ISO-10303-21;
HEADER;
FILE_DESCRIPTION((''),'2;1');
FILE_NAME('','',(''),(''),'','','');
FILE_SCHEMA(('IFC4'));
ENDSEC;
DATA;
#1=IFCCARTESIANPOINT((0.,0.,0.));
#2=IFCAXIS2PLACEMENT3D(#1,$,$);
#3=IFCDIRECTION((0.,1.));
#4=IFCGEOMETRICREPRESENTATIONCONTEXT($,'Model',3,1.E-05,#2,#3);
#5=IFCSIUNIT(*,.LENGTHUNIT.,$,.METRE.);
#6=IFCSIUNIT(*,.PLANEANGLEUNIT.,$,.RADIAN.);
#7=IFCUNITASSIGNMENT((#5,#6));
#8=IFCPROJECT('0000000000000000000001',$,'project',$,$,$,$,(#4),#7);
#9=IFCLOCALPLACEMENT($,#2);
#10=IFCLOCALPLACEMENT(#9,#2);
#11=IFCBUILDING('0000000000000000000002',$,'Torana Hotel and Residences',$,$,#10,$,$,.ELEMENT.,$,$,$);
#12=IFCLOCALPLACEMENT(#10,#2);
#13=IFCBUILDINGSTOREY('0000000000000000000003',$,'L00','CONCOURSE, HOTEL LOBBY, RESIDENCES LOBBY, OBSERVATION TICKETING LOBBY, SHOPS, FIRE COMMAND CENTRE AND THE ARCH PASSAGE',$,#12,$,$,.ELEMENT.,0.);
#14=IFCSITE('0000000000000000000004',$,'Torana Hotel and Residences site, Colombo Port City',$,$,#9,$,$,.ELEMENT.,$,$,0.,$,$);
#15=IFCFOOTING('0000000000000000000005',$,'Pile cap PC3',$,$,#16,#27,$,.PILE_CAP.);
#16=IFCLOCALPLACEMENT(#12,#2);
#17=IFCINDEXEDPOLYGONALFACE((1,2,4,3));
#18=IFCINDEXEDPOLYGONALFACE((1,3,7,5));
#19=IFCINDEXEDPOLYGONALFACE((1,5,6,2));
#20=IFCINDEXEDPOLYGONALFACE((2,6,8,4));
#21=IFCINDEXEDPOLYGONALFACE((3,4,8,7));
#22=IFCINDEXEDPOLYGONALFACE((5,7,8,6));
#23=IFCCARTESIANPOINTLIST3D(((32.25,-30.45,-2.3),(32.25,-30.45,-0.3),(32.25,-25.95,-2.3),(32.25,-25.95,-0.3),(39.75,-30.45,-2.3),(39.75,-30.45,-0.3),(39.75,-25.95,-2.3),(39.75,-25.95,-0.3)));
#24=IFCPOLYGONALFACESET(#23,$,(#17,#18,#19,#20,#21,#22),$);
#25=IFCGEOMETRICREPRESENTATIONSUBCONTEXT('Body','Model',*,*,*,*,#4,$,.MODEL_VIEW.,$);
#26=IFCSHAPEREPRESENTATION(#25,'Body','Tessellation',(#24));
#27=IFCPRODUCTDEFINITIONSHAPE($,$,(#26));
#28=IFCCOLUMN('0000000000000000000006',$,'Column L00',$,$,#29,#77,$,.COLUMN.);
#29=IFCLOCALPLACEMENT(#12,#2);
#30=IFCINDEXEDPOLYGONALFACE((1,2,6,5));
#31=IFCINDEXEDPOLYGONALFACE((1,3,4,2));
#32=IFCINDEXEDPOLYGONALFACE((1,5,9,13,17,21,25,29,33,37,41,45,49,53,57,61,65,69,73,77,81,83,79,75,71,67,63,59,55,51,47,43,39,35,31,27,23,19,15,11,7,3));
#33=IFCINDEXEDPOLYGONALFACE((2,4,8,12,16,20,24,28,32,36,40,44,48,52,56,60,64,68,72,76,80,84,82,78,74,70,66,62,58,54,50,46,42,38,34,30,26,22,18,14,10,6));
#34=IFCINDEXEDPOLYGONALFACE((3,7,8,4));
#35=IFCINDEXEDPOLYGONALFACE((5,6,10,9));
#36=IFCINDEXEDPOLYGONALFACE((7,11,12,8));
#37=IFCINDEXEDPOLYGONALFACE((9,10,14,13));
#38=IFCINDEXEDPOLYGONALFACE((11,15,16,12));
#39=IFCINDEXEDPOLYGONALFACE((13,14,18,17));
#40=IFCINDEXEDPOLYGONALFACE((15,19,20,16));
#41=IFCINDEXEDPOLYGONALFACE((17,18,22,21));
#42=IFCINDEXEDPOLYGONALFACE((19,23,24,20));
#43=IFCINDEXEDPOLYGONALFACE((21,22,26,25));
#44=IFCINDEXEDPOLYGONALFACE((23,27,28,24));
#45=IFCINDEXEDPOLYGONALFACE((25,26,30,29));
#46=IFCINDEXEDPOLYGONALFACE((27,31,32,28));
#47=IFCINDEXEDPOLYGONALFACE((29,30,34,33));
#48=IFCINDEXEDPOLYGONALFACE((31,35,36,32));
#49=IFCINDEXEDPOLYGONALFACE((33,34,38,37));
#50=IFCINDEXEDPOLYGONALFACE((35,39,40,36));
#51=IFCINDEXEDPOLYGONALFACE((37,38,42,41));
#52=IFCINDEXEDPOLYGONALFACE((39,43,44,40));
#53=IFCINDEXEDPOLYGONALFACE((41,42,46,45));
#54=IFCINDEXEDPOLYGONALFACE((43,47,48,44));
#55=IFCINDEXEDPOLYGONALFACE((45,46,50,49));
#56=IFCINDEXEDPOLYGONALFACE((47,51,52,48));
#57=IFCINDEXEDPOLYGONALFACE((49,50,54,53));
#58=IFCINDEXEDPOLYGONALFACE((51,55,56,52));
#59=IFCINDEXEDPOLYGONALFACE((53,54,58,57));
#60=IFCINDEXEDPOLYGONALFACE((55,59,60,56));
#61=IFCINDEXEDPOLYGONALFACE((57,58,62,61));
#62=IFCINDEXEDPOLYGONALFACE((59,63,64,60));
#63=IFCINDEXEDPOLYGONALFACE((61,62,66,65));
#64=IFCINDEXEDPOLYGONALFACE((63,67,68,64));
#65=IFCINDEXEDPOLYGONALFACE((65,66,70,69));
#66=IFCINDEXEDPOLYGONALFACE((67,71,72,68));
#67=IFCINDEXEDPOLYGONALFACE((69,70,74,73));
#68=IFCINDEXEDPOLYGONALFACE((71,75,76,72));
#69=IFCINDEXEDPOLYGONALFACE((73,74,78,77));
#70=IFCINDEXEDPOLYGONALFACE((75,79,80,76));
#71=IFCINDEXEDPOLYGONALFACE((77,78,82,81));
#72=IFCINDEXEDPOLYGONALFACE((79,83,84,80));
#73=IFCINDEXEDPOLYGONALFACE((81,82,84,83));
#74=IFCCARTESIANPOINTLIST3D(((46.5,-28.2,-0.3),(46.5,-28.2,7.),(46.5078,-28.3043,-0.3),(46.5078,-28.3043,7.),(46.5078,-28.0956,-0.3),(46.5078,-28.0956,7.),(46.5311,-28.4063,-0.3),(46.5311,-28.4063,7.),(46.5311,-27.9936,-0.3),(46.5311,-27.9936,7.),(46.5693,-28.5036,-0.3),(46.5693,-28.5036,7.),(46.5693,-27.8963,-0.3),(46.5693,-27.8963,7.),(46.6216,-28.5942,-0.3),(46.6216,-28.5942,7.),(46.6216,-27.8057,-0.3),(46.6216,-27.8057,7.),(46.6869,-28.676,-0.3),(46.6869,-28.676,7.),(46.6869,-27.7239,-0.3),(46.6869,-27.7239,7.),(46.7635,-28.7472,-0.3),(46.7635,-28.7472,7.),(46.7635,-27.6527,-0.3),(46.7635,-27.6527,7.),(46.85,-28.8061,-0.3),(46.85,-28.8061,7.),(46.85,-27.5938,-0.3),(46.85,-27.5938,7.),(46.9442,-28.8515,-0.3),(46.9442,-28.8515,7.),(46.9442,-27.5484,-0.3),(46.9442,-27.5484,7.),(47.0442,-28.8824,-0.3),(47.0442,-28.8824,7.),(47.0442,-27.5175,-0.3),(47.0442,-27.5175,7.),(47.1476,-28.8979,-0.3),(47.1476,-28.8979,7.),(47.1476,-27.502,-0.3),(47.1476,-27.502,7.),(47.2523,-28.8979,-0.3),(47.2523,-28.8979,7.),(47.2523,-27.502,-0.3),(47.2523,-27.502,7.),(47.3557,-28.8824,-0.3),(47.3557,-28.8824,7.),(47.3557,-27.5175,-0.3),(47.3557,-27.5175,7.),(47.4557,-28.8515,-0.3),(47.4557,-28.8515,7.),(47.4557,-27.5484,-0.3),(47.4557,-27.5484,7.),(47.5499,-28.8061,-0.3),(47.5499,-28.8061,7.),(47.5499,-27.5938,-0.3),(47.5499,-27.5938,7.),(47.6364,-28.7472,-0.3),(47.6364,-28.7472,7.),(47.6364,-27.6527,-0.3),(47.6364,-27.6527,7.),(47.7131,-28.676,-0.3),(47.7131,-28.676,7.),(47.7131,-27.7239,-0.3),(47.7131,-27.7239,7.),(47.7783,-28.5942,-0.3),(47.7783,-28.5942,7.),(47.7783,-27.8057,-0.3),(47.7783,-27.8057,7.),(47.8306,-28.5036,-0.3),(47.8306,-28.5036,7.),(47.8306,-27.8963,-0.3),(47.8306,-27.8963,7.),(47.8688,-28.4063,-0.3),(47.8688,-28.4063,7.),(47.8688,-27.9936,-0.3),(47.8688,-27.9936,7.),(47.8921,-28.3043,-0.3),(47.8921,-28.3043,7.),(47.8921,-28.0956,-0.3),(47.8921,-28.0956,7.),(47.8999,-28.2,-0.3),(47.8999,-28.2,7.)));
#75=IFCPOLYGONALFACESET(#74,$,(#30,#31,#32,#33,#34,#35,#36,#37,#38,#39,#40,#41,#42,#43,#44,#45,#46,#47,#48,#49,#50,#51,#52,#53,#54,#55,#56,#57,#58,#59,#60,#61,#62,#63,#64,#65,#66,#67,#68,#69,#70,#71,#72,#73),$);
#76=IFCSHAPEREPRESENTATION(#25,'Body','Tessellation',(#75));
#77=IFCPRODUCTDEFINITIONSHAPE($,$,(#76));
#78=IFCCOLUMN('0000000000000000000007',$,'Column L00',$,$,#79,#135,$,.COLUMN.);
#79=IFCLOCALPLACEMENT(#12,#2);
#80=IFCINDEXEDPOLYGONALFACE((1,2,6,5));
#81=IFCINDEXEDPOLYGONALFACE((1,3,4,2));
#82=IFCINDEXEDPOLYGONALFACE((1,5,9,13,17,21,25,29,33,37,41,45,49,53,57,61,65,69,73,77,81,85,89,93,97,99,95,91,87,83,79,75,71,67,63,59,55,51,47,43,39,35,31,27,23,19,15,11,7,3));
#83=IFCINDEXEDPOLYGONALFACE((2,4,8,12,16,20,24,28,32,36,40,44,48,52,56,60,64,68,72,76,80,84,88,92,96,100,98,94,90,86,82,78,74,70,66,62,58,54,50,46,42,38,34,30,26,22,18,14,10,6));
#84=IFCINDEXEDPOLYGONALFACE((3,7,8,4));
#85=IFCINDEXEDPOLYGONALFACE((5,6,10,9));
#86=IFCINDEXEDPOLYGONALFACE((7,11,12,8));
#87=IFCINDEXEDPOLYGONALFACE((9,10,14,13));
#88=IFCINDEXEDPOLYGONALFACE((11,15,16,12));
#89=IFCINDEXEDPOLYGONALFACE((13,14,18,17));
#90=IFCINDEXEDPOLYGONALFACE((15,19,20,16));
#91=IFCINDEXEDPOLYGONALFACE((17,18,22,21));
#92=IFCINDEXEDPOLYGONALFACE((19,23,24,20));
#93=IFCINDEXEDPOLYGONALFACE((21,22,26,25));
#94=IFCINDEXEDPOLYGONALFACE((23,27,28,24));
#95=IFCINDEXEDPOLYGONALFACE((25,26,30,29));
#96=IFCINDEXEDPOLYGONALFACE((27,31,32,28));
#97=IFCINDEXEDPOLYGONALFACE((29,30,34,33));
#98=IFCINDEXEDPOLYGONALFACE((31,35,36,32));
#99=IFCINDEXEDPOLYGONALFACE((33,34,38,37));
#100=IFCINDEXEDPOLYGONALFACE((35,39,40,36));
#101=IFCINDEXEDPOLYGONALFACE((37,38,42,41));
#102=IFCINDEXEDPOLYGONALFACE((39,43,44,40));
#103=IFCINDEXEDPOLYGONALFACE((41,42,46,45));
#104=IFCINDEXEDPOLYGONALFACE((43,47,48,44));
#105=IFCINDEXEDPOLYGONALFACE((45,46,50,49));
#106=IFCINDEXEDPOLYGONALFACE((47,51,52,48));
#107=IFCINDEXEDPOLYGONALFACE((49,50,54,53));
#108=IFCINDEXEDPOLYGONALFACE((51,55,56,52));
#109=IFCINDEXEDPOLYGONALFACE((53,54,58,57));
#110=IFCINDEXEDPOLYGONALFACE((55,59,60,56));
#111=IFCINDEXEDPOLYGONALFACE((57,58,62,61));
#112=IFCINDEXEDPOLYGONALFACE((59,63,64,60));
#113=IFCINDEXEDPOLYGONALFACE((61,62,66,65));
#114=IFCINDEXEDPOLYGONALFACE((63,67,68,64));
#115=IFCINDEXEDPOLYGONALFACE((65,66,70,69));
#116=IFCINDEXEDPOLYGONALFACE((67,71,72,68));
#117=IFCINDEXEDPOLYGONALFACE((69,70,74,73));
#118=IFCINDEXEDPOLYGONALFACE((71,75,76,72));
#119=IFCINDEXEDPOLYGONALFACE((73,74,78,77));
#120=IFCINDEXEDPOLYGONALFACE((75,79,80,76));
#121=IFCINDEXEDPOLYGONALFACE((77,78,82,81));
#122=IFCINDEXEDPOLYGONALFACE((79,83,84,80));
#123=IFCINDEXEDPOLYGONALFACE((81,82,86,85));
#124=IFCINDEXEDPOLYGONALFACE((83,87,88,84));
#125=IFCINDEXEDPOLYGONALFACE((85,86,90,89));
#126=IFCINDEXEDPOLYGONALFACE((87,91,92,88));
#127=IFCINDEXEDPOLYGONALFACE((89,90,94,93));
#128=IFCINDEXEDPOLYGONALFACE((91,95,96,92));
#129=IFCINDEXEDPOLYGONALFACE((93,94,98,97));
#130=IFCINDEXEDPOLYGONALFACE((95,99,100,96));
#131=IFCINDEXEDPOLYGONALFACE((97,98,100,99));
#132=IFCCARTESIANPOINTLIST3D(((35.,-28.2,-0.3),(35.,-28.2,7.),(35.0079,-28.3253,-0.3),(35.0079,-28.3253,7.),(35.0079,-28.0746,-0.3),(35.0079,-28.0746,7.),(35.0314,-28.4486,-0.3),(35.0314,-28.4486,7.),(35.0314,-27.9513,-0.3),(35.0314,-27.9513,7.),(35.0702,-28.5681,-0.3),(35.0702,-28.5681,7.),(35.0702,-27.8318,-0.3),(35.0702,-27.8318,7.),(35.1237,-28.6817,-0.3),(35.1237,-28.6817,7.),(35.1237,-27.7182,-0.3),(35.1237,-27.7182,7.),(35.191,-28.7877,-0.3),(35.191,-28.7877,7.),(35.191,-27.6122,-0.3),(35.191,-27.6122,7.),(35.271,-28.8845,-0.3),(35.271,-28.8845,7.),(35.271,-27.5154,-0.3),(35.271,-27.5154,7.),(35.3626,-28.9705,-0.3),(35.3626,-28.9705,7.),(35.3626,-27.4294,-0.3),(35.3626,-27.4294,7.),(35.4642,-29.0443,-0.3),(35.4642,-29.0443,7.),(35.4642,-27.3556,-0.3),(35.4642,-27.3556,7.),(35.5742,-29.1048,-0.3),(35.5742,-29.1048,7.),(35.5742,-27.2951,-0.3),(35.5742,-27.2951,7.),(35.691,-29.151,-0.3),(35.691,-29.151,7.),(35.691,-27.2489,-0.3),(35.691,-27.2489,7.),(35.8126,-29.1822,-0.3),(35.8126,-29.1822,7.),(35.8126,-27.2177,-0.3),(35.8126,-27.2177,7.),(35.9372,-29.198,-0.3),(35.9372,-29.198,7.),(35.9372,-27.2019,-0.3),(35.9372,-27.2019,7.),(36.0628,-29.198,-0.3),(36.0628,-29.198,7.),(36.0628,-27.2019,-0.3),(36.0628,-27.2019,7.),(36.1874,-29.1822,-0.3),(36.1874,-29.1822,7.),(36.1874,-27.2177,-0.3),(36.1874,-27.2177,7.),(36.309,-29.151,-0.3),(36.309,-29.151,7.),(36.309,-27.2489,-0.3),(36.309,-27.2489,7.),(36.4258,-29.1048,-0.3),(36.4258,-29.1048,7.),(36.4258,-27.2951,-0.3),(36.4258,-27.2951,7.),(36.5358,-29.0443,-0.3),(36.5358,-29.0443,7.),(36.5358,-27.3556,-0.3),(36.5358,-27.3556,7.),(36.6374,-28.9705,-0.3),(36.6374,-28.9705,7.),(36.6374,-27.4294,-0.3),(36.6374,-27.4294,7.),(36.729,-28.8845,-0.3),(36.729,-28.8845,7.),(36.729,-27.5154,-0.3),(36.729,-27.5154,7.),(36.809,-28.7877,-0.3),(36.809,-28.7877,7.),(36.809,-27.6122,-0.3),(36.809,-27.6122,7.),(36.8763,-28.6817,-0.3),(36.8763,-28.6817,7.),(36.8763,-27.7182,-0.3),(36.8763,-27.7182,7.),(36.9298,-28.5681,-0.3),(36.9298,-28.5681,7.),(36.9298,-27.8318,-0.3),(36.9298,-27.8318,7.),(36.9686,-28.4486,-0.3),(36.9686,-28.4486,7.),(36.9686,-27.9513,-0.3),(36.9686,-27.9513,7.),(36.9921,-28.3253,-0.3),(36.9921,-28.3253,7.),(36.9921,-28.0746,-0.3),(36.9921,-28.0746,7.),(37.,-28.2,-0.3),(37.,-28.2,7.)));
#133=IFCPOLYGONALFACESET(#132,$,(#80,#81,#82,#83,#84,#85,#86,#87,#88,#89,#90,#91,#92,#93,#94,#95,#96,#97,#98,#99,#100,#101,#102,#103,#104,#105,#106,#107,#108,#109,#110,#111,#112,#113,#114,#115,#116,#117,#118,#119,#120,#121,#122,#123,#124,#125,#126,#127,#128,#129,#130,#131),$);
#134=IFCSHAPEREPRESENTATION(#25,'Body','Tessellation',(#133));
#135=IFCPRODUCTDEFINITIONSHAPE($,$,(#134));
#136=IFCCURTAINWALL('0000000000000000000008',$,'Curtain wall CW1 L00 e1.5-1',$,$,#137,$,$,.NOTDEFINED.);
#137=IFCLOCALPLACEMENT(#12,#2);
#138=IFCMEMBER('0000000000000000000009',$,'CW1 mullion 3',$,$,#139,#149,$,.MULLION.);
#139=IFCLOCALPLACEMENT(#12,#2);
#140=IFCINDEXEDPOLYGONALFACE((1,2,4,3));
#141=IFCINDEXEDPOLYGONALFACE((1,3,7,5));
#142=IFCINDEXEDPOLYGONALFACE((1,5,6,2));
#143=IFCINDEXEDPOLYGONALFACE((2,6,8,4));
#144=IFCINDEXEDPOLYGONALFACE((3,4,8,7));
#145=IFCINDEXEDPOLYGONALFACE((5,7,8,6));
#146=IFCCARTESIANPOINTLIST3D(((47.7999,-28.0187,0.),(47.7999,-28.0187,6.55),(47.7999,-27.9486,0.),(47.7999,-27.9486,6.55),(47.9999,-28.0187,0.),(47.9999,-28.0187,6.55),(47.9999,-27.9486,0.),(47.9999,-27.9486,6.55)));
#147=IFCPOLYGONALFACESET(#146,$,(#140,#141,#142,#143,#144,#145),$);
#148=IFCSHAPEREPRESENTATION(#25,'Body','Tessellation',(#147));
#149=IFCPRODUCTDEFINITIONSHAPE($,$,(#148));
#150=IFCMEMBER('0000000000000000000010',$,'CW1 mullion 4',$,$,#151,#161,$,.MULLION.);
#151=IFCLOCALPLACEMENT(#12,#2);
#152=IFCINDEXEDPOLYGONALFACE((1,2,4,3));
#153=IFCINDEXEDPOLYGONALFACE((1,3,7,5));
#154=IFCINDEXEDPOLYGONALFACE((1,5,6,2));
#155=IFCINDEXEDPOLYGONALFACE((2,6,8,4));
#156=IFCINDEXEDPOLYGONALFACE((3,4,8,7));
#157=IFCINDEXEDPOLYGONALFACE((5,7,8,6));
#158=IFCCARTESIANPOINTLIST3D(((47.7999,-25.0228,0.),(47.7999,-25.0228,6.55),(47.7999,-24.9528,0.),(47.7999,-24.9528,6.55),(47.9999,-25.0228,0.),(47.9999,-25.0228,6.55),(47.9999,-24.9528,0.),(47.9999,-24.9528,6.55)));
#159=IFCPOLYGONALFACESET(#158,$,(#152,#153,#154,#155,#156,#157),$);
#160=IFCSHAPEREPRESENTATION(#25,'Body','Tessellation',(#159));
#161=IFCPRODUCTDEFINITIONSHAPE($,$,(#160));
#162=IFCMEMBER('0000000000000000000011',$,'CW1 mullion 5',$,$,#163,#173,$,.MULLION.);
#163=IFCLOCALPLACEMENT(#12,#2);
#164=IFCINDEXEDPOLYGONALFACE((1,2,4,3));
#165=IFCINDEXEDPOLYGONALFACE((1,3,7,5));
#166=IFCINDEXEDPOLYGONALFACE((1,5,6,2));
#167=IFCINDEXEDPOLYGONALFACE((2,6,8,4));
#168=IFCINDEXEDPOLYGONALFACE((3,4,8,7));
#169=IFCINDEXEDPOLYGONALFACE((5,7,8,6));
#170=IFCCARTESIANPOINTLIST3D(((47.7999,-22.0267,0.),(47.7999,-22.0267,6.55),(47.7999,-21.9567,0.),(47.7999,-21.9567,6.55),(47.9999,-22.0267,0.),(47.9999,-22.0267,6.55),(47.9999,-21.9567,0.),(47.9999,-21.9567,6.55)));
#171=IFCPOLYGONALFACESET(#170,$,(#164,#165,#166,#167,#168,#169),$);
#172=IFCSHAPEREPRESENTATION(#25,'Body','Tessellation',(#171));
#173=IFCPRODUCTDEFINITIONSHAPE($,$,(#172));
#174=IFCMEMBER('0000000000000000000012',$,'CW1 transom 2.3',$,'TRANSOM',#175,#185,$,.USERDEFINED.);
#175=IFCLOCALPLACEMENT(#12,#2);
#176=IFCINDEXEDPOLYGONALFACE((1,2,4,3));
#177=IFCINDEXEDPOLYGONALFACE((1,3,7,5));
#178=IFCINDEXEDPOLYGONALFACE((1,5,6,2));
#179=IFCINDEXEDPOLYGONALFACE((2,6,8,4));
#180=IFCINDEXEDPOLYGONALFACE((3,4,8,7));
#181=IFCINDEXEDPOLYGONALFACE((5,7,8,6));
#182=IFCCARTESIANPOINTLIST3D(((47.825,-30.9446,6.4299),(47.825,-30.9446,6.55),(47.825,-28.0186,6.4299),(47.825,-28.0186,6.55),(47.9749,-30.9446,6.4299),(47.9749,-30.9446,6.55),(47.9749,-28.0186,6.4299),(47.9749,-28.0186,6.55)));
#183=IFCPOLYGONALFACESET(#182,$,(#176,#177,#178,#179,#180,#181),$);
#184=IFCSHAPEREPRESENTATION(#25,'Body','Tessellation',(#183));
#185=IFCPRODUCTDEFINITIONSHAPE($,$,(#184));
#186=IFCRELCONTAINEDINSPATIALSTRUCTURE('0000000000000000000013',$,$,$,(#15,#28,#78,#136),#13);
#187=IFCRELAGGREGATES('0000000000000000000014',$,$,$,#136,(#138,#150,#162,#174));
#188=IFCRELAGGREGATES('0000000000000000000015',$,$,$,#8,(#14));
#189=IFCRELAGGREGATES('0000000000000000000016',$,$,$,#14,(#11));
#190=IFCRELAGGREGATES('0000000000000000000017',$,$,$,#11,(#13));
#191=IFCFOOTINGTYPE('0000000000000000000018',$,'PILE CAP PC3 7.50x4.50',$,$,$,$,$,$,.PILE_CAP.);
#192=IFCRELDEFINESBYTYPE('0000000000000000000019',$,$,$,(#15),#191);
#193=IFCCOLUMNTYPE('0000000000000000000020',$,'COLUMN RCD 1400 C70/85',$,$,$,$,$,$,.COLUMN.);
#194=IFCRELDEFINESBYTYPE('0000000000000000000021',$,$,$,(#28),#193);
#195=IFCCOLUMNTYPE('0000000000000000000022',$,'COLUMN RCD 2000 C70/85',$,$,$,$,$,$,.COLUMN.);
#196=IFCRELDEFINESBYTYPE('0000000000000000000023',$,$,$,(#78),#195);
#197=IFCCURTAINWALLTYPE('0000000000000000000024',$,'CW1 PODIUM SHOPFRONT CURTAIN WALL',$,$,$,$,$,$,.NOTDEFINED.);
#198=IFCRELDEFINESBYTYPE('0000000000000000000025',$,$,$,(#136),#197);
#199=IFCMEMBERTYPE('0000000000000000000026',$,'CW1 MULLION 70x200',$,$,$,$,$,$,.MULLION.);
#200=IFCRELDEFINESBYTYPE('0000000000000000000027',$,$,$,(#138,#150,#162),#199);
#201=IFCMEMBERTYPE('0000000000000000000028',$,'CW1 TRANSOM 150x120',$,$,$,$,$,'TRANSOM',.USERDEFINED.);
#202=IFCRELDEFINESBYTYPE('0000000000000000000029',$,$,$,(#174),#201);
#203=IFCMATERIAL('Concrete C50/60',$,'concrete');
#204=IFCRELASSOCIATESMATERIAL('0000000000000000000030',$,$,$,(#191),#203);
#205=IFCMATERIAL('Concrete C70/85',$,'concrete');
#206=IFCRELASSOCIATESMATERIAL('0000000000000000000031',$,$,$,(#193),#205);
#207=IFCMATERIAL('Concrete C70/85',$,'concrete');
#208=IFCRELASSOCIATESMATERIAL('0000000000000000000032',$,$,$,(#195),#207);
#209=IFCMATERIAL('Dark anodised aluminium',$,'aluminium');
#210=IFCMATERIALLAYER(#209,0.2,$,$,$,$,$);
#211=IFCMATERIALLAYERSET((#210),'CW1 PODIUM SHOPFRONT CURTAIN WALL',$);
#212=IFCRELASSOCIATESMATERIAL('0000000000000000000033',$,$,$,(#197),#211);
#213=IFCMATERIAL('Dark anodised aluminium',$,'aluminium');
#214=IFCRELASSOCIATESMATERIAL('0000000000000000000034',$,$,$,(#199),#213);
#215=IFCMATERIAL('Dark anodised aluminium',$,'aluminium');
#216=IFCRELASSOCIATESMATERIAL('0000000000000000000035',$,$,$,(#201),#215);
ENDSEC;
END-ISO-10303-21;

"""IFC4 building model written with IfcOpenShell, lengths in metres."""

from ifc_helpers import new_model, si_unit, direction, frame, origin, origin_2d, place, context, subcontext, project, spatial, rectangle, circle, extrude, material, layer, layer_set, material_profile, profile_set, type_object, element, aggregate, save


model = new_model("IFC4")

# Units and contexts
model_context = context("Model", 3, precision=1e-05, world=origin(), true_north=direction((0.0, 1.0)))
body_context = subcontext(model_context, "Body", "Model", "MODEL_VIEW")
ifc_project = project(units=[si_unit("LENGTHUNIT", "METRE"), si_unit("PLANEANGLEUNIT", "RADIAN")], contexts=[model_context])

# Site, building, storey
site_placement = place(None, origin())
site = spatial("IfcSite", under=ifc_project, at=site_placement, Name="Torana Hotel and Residences site, Colombo Port City", CompositionType="ELEMENT", RefElevation=0.0)
building_placement = place(site_placement, origin())
building = spatial("IfcBuilding", under=site, at=building_placement, Name="Torana Hotel and Residences", CompositionType="ELEMENT")
storey_placement = place(building_placement, origin())
storey = spatial("IfcBuildingStorey", under=building, at=storey_placement, Name="L00", Description="CONCOURSE, HOTEL LOBBY, RESIDENCES LOBBY, OBSERVATION TICKETING LOBBY, SHOPS, FIRE COMMAND CENTRE AND THE ARCH PASSAGE", CompositionType="ELEMENT", Elevation=0.0)

# Footing
ifc_material_1 = material(Name="Concrete C50/60", Category="concrete")
footing_type_1 = type_object("IfcFootingType", Name="PILE CAP PC3 7.50x4.50", PredefinedType="PILE_CAP", material=ifc_material_1)
footing_1_placement = place(storey_placement, frame((36.0, -28.2, -2.3), z_axis=(0.0, 0.0, 1.0), x_axis=(1.0, 0.0, 0.0)))
element("IfcFooting", 1, at=footing_1_placement, inside=storey, type_object=footing_type_1, Name="Pile cap PC3", PredefinedType="PILE_CAP", context=body_context, shape_type="SweptSolid", body=[
    extrude(rectangle(XDim=7.5, YDim=4.5, at=origin_2d()), origin(), (0.0, 0.0, 1.0), 2.0),
])

# Columns
ifc_material_2 = material(Name="Concrete C70/85", Category="concrete")
ifc_material_profile_1 = material_profile(ifc_material_2, circle(Radius=0.7, at=origin_2d()), Name="RCD 1400")
ifc_profile_set_1 = profile_set([ifc_material_profile_1], Name="Concrete C70/85")
column_type_1 = type_object("IfcColumnType", Name="COLUMN RCD 1400 C70/85", PredefinedType="COLUMN", material=ifc_profile_set_1)
column_1_placement = place(storey_placement, frame((47.2, -28.2, -0.3), z_axis=(0.0, 0.0, 1.0), x_axis=(1.0, 0.0, 0.0)))
element("IfcColumn", 2, at=column_1_placement, inside=storey, type_object=column_type_1, Name="Column L00", PredefinedType="COLUMN", context=body_context, shape_type="SweptSolid", body=[
    extrude(circle(Radius=0.7, at=origin_2d()), origin(), (0.0, 0.0, 1.0), 7.3),
])
ifc_material_3 = material(Name="Concrete C70/85", Category="concrete")
ifc_material_profile_2 = material_profile(ifc_material_3, circle(Radius=1.0, at=origin_2d()), Name="RCD 2000")
ifc_profile_set_2 = profile_set([ifc_material_profile_2], Name="Concrete C70/85")
column_type_2 = type_object("IfcColumnType", Name="COLUMN RCD 2000 C70/85", PredefinedType="COLUMN", material=ifc_profile_set_2)
column_2_placement = place(storey_placement, frame((36.0, -28.2, -0.3), z_axis=(0.0, 0.0, 1.0), x_axis=(1.0, 0.0, 0.0)))
element("IfcColumn", 3, at=column_2_placement, inside=storey, type_object=column_type_2, Name="Column L00", PredefinedType="COLUMN", context=body_context, shape_type="SweptSolid", body=[
    extrude(circle(Radius=1.0, at=origin_2d()), origin(), (0.0, 0.0, 1.0), 7.3),
])

# Curtain wall, members
ifc_material_4 = material(Name="Dark anodised aluminium", Category="aluminium")
ifc_layer_1 = layer(ifc_material_4, 0.2)
ifc_layer_set_1 = layer_set([ifc_layer_1], Name="CW1 PODIUM SHOPFRONT CURTAIN WALL")
curtain_wall_type = type_object("IfcCurtainWallType", Name="CW1 PODIUM SHOPFRONT CURTAIN WALL", PredefinedType="NOTDEFINED", material=ifc_layer_set_1)
curtain_wall_placement = place(storey_placement, origin())
curtain_wall = element("IfcCurtainWall", 4, at=curtain_wall_placement, inside=storey, type_object=curtain_wall_type, Name="Curtain wall CW1 L00 e1.5-1", PredefinedType="NOTDEFINED")
ifc_material_5 = material(Name="Dark anodised aluminium", Category="aluminium")
ifc_material_profile_3 = material_profile(ifc_material_5, rectangle(XDim=0.2, YDim=0.0701, at=origin_2d()), Name="CW1 MULLION 70x200")
ifc_profile_set_3 = profile_set([ifc_material_profile_3], Name="Dark anodised aluminium")
member_type_1 = type_object("IfcMemberType", Name="CW1 MULLION 70x200", PredefinedType="MULLION", material=ifc_profile_set_3)
member_1_placement = place(storey_placement, frame((47.8999, -27.9836, 0.0), z_axis=(0.0, 0.0, 1.0), x_axis=(-1.0, 0.0, 0.0)))
member_1 = element("IfcMember", 5, at=member_1_placement, type_object=member_type_1, Name="CW1 mullion 3", PredefinedType="MULLION", context=body_context, shape_type="SweptSolid", body=[
    extrude(rectangle(XDim=0.2, YDim=0.0701, at=origin_2d()), origin(), (0.0, 0.0, 1.0), 6.55),
])
member_2_placement = place(storey_placement, frame((47.8999, -24.9878, 0.0), z_axis=(0.0, 0.0, 1.0), x_axis=(-1.0, 0.0, 0.0)))
member_2 = element("IfcMember", 6, at=member_2_placement, type_object=member_type_1, Name="CW1 mullion 4", PredefinedType="MULLION", context=body_context, shape_type="SweptSolid", body=[
    extrude(rectangle(XDim=0.2, YDim=0.0701, at=origin_2d()), origin(), (0.0, 0.0, 1.0), 6.55),
])
member_3_placement = place(storey_placement, frame((47.8999, -21.9917, 0.0), z_axis=(0.0, 0.0, 1.0), x_axis=(-1.0, 0.0, 0.0)))
member_3 = element("IfcMember", 7, at=member_3_placement, type_object=member_type_1, Name="CW1 mullion 5", PredefinedType="MULLION", context=body_context, shape_type="SweptSolid", body=[
    extrude(rectangle(XDim=0.2, YDim=0.0701, at=origin_2d()), origin(), (0.0, 0.0, 1.0), 6.55),
])
ifc_material_6 = material(Name="Dark anodised aluminium", Category="aluminium")
ifc_material_profile_4 = material_profile(ifc_material_6, rectangle(XDim=0.1499, YDim=0.1201, at=origin_2d()), Name="CW1 TRANSOM 150x120")
ifc_profile_set_4 = profile_set([ifc_material_profile_4], Name="Dark anodised aluminium")
member_type_2 = type_object("IfcMemberType", Name="CW1 TRANSOM 150x120", ElementType="TRANSOM", PredefinedType="USERDEFINED", material=ifc_profile_set_4)
member_4_placement = place(storey_placement, frame((47.8999, -30.9446, 6.49), z_axis=(0.0, 1.0, 0.0), x_axis=(-1.0, 0.0, 0.0)))
member_4 = element("IfcMember", 8, at=member_4_placement, type_object=member_type_2, Name="CW1 transom 2.3", ObjectType="TRANSOM", PredefinedType="USERDEFINED", context=body_context, shape_type="SweptSolid", body=[
    extrude(rectangle(XDim=0.1499, YDim=0.1201, at=origin_2d()), origin(), (0.0, 0.0, 1.0), 2.926),
])
aggregate(curtain_wall, [member_1, member_2, member_3, member_4])

save(model, "model.ifc")
